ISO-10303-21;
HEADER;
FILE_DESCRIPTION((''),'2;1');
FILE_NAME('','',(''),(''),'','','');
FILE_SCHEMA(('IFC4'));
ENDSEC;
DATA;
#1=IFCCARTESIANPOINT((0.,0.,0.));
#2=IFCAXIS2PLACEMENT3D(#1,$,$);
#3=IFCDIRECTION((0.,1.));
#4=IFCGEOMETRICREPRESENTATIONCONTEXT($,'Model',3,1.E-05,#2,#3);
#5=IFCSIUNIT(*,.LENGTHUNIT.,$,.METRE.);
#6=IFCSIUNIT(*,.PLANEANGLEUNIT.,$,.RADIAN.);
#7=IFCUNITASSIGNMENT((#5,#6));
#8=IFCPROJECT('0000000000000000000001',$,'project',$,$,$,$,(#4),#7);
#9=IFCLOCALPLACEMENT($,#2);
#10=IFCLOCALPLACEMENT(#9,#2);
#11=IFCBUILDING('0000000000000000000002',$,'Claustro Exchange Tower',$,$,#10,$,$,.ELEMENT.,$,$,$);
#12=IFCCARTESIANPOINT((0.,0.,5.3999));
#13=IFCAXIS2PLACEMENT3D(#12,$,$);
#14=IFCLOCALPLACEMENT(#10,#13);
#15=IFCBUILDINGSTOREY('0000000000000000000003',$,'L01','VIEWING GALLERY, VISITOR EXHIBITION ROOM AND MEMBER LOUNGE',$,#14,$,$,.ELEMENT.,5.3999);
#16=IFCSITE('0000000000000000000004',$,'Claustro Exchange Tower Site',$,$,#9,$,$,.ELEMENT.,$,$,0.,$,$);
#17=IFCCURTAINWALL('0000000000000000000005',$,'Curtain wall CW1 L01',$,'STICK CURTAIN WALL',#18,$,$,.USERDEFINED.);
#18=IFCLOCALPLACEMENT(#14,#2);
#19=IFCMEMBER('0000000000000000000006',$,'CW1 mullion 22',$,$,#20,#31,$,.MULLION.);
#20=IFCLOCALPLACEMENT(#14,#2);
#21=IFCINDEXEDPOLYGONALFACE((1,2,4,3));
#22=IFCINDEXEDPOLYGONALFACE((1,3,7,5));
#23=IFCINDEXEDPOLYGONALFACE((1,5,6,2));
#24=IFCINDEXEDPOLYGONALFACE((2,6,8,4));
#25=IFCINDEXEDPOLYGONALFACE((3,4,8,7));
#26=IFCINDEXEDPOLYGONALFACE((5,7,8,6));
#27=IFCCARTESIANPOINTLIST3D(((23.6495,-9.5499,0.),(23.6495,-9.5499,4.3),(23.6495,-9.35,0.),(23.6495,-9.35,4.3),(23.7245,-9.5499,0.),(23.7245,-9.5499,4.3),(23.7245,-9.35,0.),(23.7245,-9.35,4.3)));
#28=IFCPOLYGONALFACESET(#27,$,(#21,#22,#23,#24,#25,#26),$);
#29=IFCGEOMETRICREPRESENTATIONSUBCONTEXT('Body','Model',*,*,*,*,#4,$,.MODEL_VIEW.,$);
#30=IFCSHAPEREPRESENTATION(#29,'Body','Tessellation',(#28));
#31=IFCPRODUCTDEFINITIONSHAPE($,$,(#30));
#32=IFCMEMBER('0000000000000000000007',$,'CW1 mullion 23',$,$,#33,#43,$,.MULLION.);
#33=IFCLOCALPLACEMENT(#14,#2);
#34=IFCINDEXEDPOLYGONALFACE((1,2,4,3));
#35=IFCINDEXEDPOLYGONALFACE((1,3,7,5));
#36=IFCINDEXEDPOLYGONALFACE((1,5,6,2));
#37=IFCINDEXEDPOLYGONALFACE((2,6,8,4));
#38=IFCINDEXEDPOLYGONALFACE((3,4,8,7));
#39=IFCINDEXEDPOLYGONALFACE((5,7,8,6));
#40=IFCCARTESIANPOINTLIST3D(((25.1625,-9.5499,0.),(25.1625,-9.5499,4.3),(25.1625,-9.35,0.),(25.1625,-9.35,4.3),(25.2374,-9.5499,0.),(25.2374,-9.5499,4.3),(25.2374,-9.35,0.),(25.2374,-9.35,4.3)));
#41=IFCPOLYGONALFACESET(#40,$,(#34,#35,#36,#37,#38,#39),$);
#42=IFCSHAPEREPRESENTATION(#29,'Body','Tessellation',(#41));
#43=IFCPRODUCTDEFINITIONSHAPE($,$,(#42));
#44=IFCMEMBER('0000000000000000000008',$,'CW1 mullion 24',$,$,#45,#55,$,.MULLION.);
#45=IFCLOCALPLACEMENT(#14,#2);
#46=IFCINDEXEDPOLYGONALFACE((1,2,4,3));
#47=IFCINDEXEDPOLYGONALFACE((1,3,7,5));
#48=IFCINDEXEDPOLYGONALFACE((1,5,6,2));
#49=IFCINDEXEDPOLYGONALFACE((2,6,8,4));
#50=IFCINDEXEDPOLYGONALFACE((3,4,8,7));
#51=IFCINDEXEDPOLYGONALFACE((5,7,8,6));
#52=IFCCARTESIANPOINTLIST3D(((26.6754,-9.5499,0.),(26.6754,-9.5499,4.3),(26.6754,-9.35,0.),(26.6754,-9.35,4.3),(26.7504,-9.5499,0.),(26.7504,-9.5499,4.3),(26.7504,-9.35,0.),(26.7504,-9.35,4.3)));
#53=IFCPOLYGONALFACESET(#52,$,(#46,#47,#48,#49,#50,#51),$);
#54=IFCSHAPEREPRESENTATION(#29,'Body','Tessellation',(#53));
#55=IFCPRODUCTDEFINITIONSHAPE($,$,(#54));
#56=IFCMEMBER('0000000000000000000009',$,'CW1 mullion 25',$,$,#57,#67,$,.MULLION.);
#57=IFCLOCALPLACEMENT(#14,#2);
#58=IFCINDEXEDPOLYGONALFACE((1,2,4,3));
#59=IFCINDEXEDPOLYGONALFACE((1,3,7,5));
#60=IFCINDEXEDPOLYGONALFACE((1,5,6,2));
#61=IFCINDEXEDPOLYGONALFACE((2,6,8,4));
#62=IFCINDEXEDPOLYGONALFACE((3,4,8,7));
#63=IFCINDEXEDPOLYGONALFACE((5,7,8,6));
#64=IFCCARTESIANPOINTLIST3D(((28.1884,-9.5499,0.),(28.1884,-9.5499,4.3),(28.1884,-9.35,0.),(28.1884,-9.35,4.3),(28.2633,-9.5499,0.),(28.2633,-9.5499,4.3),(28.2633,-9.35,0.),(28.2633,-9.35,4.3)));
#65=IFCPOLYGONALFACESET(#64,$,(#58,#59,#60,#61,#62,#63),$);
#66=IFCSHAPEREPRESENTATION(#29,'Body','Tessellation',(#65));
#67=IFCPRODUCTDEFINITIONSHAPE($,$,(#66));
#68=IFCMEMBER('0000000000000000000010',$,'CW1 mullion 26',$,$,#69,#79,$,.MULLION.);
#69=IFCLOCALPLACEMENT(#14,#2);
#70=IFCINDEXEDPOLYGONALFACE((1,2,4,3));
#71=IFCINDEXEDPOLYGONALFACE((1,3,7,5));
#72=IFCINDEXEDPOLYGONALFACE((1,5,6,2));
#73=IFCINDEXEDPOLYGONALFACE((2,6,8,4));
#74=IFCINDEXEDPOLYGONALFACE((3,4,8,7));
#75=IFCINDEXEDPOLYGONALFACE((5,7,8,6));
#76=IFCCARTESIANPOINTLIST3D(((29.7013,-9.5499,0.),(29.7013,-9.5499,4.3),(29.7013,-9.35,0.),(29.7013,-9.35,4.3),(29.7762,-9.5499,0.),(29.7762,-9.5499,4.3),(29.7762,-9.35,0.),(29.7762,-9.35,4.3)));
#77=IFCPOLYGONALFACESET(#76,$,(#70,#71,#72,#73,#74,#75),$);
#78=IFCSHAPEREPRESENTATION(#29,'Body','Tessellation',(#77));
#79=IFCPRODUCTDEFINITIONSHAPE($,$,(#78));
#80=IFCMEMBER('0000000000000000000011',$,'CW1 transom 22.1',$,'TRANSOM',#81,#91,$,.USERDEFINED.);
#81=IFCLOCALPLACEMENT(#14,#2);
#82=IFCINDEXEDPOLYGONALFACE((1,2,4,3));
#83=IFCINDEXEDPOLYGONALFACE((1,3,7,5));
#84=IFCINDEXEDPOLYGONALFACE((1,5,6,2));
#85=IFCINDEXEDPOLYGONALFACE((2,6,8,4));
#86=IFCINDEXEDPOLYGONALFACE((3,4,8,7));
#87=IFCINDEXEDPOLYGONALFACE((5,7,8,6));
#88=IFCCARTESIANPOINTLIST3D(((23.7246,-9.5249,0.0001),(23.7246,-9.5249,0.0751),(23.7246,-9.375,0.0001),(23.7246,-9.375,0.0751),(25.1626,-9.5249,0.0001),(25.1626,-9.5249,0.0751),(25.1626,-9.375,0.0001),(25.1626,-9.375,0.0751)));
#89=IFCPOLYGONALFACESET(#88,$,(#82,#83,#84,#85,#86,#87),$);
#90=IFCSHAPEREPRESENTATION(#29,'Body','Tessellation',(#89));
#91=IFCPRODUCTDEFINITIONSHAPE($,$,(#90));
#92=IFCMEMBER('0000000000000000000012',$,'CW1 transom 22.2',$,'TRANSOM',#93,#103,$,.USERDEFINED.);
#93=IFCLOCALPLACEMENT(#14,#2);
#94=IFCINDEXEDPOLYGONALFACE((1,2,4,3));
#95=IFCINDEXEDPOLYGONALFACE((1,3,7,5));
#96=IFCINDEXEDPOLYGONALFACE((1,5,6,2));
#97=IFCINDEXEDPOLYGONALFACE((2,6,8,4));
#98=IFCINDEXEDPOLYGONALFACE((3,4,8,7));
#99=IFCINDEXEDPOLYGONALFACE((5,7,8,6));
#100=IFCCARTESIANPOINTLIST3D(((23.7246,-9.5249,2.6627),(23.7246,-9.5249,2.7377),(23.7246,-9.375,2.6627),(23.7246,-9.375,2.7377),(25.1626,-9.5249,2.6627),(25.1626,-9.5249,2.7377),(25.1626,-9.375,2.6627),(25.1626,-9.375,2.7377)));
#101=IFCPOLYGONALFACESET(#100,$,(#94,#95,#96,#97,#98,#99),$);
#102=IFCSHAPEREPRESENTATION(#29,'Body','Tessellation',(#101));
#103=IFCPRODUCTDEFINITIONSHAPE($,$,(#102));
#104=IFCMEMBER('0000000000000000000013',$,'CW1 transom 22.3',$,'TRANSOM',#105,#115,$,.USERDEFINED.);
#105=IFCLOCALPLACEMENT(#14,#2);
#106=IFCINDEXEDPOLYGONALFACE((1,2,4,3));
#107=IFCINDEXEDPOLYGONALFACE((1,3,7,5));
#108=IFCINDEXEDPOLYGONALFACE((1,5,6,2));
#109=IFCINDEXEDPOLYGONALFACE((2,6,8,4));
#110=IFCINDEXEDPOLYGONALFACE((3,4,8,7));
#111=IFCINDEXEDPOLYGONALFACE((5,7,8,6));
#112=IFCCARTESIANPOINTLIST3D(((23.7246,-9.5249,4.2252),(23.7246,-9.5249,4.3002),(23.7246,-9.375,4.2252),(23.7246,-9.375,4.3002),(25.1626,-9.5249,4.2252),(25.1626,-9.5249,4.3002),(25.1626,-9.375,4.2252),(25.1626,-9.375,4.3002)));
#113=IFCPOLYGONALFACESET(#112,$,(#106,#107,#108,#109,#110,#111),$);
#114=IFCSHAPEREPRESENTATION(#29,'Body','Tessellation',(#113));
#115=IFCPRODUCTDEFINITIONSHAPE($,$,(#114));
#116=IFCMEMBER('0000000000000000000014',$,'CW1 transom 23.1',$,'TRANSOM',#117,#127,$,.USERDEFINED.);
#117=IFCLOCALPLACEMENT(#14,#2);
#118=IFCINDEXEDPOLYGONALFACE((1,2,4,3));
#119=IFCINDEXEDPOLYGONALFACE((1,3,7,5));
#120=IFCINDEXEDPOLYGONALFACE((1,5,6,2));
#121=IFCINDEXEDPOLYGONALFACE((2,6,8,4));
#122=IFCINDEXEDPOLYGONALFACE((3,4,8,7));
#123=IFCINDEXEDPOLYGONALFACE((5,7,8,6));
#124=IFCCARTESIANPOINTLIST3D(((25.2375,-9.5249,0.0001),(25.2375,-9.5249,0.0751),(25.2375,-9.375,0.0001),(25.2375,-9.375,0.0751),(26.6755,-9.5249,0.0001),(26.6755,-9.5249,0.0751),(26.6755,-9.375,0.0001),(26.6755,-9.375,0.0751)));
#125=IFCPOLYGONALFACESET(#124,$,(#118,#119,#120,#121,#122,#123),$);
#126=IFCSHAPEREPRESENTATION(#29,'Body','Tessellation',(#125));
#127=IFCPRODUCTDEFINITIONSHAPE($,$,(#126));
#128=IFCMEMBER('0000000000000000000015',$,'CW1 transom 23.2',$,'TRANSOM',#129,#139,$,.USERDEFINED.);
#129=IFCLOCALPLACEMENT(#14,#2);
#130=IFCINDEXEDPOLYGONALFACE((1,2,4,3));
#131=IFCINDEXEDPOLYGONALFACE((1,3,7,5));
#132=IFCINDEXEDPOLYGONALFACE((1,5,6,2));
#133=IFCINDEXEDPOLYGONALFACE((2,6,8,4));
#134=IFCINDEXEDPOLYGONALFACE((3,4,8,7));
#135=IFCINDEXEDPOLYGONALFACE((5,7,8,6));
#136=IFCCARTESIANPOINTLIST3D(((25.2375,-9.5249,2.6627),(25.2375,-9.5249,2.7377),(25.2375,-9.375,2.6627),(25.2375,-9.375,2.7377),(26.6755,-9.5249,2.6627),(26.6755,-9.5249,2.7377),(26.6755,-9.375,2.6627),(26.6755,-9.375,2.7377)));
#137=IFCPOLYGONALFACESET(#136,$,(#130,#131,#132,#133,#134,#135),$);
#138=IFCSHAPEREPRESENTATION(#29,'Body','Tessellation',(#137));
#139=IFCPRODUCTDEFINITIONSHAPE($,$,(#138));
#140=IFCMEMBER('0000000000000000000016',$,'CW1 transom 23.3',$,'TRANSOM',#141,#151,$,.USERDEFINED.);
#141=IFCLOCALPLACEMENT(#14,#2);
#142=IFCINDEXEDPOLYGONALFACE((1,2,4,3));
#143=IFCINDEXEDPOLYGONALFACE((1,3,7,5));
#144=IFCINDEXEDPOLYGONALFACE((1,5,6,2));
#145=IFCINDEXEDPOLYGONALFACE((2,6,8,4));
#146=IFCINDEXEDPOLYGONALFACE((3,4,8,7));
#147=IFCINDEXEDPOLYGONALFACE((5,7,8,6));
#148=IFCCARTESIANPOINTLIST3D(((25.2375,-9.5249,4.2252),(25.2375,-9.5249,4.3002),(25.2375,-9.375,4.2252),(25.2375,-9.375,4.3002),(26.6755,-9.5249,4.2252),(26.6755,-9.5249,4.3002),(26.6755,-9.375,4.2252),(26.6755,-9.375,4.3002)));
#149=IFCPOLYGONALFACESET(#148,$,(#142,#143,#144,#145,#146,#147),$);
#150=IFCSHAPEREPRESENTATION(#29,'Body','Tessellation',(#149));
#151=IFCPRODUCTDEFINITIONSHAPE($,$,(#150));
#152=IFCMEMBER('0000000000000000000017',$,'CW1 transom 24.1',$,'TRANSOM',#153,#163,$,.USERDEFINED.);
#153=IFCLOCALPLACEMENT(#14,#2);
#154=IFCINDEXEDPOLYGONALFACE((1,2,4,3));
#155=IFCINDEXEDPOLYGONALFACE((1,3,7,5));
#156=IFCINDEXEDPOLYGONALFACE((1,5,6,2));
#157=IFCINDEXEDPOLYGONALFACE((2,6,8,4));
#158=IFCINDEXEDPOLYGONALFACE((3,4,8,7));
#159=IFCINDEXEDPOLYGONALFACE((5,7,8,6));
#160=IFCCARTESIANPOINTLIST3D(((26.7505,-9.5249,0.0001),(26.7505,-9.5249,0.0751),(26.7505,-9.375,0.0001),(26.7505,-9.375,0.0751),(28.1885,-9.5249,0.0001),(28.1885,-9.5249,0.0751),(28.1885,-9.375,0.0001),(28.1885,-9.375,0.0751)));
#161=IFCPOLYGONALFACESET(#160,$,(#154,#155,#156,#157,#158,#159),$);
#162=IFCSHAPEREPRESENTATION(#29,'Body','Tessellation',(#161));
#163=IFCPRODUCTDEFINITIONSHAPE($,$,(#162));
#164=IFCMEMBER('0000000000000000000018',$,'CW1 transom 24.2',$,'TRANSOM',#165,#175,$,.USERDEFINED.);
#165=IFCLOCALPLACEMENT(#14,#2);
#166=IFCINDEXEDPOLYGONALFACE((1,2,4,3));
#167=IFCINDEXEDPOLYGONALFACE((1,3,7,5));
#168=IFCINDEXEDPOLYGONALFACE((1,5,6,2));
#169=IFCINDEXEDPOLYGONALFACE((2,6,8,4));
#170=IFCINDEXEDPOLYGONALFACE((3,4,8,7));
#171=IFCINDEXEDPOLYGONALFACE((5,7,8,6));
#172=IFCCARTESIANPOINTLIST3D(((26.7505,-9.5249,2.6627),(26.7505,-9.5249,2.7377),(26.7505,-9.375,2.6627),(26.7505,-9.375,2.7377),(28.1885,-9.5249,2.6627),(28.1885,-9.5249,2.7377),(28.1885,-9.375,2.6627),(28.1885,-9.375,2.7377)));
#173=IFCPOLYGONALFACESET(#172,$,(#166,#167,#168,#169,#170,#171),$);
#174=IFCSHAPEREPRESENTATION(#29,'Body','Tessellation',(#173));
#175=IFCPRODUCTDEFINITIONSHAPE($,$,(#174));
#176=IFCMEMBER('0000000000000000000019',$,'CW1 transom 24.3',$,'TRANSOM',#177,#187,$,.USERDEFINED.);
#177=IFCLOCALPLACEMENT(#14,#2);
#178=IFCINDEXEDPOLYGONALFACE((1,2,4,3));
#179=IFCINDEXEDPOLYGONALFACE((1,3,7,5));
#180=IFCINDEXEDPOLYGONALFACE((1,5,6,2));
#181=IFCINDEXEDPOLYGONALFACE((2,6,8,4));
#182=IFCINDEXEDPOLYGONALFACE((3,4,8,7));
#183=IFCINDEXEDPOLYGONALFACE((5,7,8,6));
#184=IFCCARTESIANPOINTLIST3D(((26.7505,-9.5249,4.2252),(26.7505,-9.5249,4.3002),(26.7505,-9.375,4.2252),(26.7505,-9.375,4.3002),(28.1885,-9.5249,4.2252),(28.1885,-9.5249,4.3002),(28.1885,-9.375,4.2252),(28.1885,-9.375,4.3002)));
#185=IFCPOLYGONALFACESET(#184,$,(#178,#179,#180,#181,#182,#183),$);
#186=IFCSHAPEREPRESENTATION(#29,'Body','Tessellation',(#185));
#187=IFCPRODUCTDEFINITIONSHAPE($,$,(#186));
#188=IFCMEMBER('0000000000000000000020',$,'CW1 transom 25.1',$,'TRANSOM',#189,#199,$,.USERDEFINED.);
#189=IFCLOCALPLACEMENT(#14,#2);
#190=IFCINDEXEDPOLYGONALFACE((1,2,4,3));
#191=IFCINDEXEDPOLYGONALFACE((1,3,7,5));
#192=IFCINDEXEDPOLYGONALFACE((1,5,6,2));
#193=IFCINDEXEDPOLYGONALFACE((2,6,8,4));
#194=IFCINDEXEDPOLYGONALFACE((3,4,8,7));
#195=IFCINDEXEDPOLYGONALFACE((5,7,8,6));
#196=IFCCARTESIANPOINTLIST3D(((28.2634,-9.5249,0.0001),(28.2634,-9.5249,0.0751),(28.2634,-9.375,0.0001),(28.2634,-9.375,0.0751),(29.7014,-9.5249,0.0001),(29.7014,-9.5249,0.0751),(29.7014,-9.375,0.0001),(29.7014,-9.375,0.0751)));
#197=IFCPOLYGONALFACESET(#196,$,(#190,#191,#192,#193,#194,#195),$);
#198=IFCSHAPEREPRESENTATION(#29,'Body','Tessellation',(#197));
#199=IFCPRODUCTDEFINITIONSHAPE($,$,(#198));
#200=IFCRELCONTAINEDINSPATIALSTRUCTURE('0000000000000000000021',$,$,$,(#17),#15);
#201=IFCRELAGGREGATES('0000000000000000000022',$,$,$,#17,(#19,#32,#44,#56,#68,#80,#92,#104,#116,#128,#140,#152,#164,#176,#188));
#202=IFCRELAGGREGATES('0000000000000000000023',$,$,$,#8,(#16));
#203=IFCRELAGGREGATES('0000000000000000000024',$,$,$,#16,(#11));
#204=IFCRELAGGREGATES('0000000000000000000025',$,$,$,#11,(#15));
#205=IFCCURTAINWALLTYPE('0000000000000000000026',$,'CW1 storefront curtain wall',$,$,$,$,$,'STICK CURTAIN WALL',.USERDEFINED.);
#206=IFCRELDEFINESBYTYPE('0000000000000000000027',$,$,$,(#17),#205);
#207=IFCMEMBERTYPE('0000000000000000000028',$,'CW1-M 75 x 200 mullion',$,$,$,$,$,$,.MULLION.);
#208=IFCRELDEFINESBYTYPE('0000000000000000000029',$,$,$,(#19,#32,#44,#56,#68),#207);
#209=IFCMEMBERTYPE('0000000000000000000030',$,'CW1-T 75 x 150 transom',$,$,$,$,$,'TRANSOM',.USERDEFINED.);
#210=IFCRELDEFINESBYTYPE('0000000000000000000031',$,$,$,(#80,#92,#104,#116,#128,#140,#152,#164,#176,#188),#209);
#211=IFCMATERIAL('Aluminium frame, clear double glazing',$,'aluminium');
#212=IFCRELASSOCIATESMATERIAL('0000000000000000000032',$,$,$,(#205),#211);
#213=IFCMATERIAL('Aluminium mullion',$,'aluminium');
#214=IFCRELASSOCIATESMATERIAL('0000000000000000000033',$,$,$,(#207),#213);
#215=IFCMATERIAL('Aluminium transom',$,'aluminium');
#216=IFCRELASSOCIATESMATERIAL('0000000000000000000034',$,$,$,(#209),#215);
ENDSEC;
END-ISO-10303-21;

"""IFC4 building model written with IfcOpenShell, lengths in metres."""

from ifc_helpers import new_model, si_unit, direction, frame, origin, origin_2d, place, context, subcontext, project, spatial, rectangle, extrude, material, material_profile, profile_set, type_object, element, aggregate, save


model = new_model("IFC4")

# Units and contexts
model_context = context("Model", 3, precision=1e-05, world=origin(), true_north=direction((0.0, 1.0)))
body_context = subcontext(model_context, "Body", "Model", "MODEL_VIEW")
ifc_project = project(units=[si_unit("LENGTHUNIT", "METRE"), si_unit("PLANEANGLEUNIT", "RADIAN")], contexts=[model_context])

# Site, building, storey
site_placement = place(None, origin())
site = spatial("IfcSite", under=ifc_project, at=site_placement, Name="Claustro Exchange Tower Site", CompositionType="ELEMENT", RefElevation=0.0)
building_placement = place(site_placement, origin())
building = spatial("IfcBuilding", under=site, at=building_placement, Name="Claustro Exchange Tower", CompositionType="ELEMENT")
storey_placement = place(building_placement, frame((0.0, 0.0, 5.3999)))
storey = spatial("IfcBuildingStorey", under=building, at=storey_placement, Name="L01", Description="VIEWING GALLERY, VISITOR EXHIBITION ROOM AND MEMBER LOUNGE", CompositionType="ELEMENT", Elevation=5.3999)

# Curtain wall, members
ifc_material_1 = material(Name="Aluminium frame, clear double glazing", Category="aluminium")
curtain_wall_type = type_object("IfcCurtainWallType", Name="CW1 storefront curtain wall", ElementType="STICK CURTAIN WALL", PredefinedType="USERDEFINED", material=ifc_material_1)
curtain_wall_placement = place(storey_placement, origin())
curtain_wall = element("IfcCurtainWall", 1, at=curtain_wall_placement, inside=storey, type_object=curtain_wall_type, Name="Curtain wall CW1 L01", ObjectType="STICK CURTAIN WALL", PredefinedType="USERDEFINED")
ifc_material_2 = material(Name="Aluminium mullion", Category="aluminium")
ifc_material_profile_1 = material_profile(ifc_material_2, rectangle(XDim=0.2, YDim=0.075, at=origin_2d()), Name="CW1-M 75x200")
ifc_profile_set_1 = profile_set([ifc_material_profile_1], Name="Aluminium mullion")
member_type_1 = type_object("IfcMemberType", Name="CW1-M 75 x 200 mullion", PredefinedType="MULLION", material=ifc_profile_set_1)
member_1_placement = place(storey_placement, frame((23.687, -9.45, 0.0), z_axis=(0.0, 0.0, 1.0), x_axis=(0.0, 1.0, 0.0)))
member_1 = element("IfcMember", 2, at=member_1_placement, type_object=member_type_1, Name="CW1 mullion 22", PredefinedType="MULLION", context=body_context, shape_type="SweptSolid", body=[
    extrude(rectangle(XDim=0.2, YDim=0.075, at=origin_2d()), origin(), (0.0, 0.0, 1.0), 4.3),
])
member_2_placement = place(storey_placement, frame((25.2, -9.45, 0.0), z_axis=(0.0, 0.0, 1.0), x_axis=(0.0, 1.0, 0.0)))
member_2 = element("IfcMember", 3, at=member_2_placement, type_object=member_type_1, Name="CW1 mullion 23", PredefinedType="MULLION", context=body_context, shape_type="SweptSolid", body=[
    extrude(rectangle(XDim=0.2, YDim=0.075, at=origin_2d()), origin(), (0.0, 0.0, 1.0), 4.3),
])
member_3_placement = place(storey_placement, frame((26.7129, -9.45, 0.0), z_axis=(0.0, 0.0, 1.0), x_axis=(0.0, 1.0, 0.0)))
member_3 = element("IfcMember", 4, at=member_3_placement, type_object=member_type_1, Name="CW1 mullion 24", PredefinedType="MULLION", context=body_context, shape_type="SweptSolid", body=[
    extrude(rectangle(XDim=0.2, YDim=0.075, at=origin_2d()), origin(), (0.0, 0.0, 1.0), 4.3),
])
member_4_placement = place(storey_placement, frame((28.2258, -9.45, 0.0), z_axis=(0.0, 0.0, 1.0), x_axis=(0.0, 1.0, 0.0)))
member_4 = element("IfcMember", 5, at=member_4_placement, type_object=member_type_1, Name="CW1 mullion 25", PredefinedType="MULLION", context=body_context, shape_type="SweptSolid", body=[
    extrude(rectangle(XDim=0.2, YDim=0.075, at=origin_2d()), origin(), (0.0, 0.0, 1.0), 4.3),
])
member_5_placement = place(storey_placement, frame((29.7388, -9.45, 0.0), z_axis=(0.0, 0.0, 1.0), x_axis=(0.0, 1.0, 0.0)))
member_5 = element("IfcMember", 6, at=member_5_placement, type_object=member_type_1, Name="CW1 mullion 26", PredefinedType="MULLION", context=body_context, shape_type="SweptSolid", body=[
    extrude(rectangle(XDim=0.2, YDim=0.075, at=origin_2d()), origin(), (0.0, 0.0, 1.0), 4.3),
])
ifc_material_3 = material(Name="Aluminium transom", Category="aluminium")
ifc_material_profile_2 = material_profile(ifc_material_3, rectangle(XDim=0.1499, YDim=0.075, at=origin_2d()), Name="CW1-T 75x150")
ifc_profile_set_2 = profile_set([ifc_material_profile_2], Name="Aluminium transom")
member_type_2 = type_object("IfcMemberType", Name="CW1-T 75 x 150 transom", ElementType="TRANSOM", PredefinedType="USERDEFINED", material=ifc_profile_set_2)
member_6_placement = place(storey_placement, frame((23.7246, -9.45, 0.0376), z_axis=(1.0, 0.0, 0.0), x_axis=(0.0, 1.0, 0.0)))
member_6 = element("IfcMember", 7, at=member_6_placement, type_object=member_type_2, Name="CW1 transom 22.1", ObjectType="TRANSOM", PredefinedType="USERDEFINED", context=body_context, shape_type="SweptSolid", body=[
    extrude(rectangle(XDim=0.1499, YDim=0.075, at=origin_2d()), origin(), (0.0, 0.0, 1.0), 1.438),
])
member_7_placement = place(storey_placement, frame((23.7246, -9.45, 2.7002), z_axis=(1.0, 0.0, 0.0), x_axis=(0.0, 1.0, 0.0)))
member_7 = element("IfcMember", 8, at=member_7_placement, type_object=member_type_2, Name="CW1 transom 22.2", ObjectType="TRANSOM", PredefinedType="USERDEFINED", context=body_context, shape_type="SweptSolid", body=[
    extrude(rectangle(XDim=0.1499, YDim=0.075, at=origin_2d()), origin(), (0.0, 0.0, 1.0), 1.438),
])
member_8_placement = place(storey_placement, frame((23.7246, -9.45, 4.2627), z_axis=(1.0, 0.0, 0.0), x_axis=(0.0, 1.0, 0.0)))
member_8 = element("IfcMember", 9, at=member_8_placement, type_object=member_type_2, Name="CW1 transom 22.3", ObjectType="TRANSOM", PredefinedType="USERDEFINED", context=body_context, shape_type="SweptSolid", body=[
    extrude(rectangle(XDim=0.1499, YDim=0.075, at=origin_2d()), origin(), (0.0, 0.0, 1.0), 1.438),
])
member_9_placement = place(storey_placement, frame((25.2375, -9.45, 0.0376), z_axis=(1.0, 0.0, 0.0), x_axis=(0.0, 1.0, 0.0)))
member_9 = element("IfcMember", 10, at=member_9_placement, type_object=member_type_2, Name="CW1 transom 23.1", ObjectType="TRANSOM", PredefinedType="USERDEFINED", context=body_context, shape_type="SweptSolid", body=[
    extrude(rectangle(XDim=0.1499, YDim=0.075, at=origin_2d()), origin(), (0.0, 0.0, 1.0), 1.438),
])
member_10_placement = place(storey_placement, frame((25.2375, -9.45, 2.7002), z_axis=(1.0, 0.0, 0.0), x_axis=(0.0, 1.0, 0.0)))
member_10 = element("IfcMember", 11, at=member_10_placement, type_object=member_type_2, Name="CW1 transom 23.2", ObjectType="TRANSOM", PredefinedType="USERDEFINED", context=body_context, shape_type="SweptSolid", body=[
    extrude(rectangle(XDim=0.1499, YDim=0.075, at=origin_2d()), origin(), (0.0, 0.0, 1.0), 1.438),
])
member_11_placement = place(storey_placement, frame((25.2375, -9.45, 4.2627), z_axis=(1.0, 0.0, 0.0), x_axis=(0.0, 1.0, 0.0)))
member_11 = element("IfcMember", 12, at=member_11_placement, type_object=member_type_2, Name="CW1 transom 23.3", ObjectType="TRANSOM", PredefinedType="USERDEFINED", context=body_context, shape_type="SweptSolid", body=[
    extrude(rectangle(XDim=0.1499, YDim=0.075, at=origin_2d()), origin(), (0.0, 0.0, 1.0), 1.438),
])
member_12_placement = place(storey_placement, frame((26.7505, -9.45, 0.0376), z_axis=(1.0, 0.0, 0.0), x_axis=(0.0, 1.0, 0.0)))
member_12 = element("IfcMember", 13, at=member_12_placement, type_object=member_type_2, Name="CW1 transom 24.1", ObjectType="TRANSOM", PredefinedType="USERDEFINED", context=body_context, shape_type="SweptSolid", body=[
    extrude(rectangle(XDim=0.1499, YDim=0.075, at=origin_2d()), origin(), (0.0, 0.0, 1.0), 1.438),
])
member_13_placement = place(storey_placement, frame((26.7505, -9.45, 2.7002), z_axis=(1.0, 0.0, 0.0), x_axis=(0.0, 1.0, 0.0)))
member_13 = element("IfcMember", 14, at=member_13_placement, type_object=member_type_2, Name="CW1 transom 24.2", ObjectType="TRANSOM", PredefinedType="USERDEFINED", context=body_context, shape_type="SweptSolid", body=[
    extrude(rectangle(XDim=0.1499, YDim=0.075, at=origin_2d()), origin(), (0.0, 0.0, 1.0), 1.438),
])
member_14_placement = place(storey_placement, frame((26.7505, -9.45, 4.2627), z_axis=(1.0, 0.0, 0.0), x_axis=(0.0, 1.0, 0.0)))
member_14 = element("IfcMember", 15, at=member_14_placement, type_object=member_type_2, Name="CW1 transom 24.3", ObjectType="TRANSOM", PredefinedType="USERDEFINED", context=body_context, shape_type="SweptSolid", body=[
    extrude(rectangle(XDim=0.1499, YDim=0.075, at=origin_2d()), origin(), (0.0, 0.0, 1.0), 1.438),
])
member_15_placement = place(storey_placement, frame((28.2634, -9.45, 0.0376), z_axis=(1.0, 0.0, 0.0), x_axis=(0.0, 1.0, 0.0)))
member_15 = element("IfcMember", 16, at=member_15_placement, type_object=member_type_2, Name="CW1 transom 25.1", ObjectType="TRANSOM", PredefinedType="USERDEFINED", context=body_context, shape_type="SweptSolid", body=[
    extrude(rectangle(XDim=0.1499, YDim=0.075, at=origin_2d()), origin(), (0.0, 0.0, 1.0), 1.438),
])
aggregate(curtain_wall, [member_1, member_2, member_3, member_4, member_5, member_6, member_7, member_8, member_9, member_10, member_11, member_12, member_13, member_14, member_15])

save(model, "model.ifc")
